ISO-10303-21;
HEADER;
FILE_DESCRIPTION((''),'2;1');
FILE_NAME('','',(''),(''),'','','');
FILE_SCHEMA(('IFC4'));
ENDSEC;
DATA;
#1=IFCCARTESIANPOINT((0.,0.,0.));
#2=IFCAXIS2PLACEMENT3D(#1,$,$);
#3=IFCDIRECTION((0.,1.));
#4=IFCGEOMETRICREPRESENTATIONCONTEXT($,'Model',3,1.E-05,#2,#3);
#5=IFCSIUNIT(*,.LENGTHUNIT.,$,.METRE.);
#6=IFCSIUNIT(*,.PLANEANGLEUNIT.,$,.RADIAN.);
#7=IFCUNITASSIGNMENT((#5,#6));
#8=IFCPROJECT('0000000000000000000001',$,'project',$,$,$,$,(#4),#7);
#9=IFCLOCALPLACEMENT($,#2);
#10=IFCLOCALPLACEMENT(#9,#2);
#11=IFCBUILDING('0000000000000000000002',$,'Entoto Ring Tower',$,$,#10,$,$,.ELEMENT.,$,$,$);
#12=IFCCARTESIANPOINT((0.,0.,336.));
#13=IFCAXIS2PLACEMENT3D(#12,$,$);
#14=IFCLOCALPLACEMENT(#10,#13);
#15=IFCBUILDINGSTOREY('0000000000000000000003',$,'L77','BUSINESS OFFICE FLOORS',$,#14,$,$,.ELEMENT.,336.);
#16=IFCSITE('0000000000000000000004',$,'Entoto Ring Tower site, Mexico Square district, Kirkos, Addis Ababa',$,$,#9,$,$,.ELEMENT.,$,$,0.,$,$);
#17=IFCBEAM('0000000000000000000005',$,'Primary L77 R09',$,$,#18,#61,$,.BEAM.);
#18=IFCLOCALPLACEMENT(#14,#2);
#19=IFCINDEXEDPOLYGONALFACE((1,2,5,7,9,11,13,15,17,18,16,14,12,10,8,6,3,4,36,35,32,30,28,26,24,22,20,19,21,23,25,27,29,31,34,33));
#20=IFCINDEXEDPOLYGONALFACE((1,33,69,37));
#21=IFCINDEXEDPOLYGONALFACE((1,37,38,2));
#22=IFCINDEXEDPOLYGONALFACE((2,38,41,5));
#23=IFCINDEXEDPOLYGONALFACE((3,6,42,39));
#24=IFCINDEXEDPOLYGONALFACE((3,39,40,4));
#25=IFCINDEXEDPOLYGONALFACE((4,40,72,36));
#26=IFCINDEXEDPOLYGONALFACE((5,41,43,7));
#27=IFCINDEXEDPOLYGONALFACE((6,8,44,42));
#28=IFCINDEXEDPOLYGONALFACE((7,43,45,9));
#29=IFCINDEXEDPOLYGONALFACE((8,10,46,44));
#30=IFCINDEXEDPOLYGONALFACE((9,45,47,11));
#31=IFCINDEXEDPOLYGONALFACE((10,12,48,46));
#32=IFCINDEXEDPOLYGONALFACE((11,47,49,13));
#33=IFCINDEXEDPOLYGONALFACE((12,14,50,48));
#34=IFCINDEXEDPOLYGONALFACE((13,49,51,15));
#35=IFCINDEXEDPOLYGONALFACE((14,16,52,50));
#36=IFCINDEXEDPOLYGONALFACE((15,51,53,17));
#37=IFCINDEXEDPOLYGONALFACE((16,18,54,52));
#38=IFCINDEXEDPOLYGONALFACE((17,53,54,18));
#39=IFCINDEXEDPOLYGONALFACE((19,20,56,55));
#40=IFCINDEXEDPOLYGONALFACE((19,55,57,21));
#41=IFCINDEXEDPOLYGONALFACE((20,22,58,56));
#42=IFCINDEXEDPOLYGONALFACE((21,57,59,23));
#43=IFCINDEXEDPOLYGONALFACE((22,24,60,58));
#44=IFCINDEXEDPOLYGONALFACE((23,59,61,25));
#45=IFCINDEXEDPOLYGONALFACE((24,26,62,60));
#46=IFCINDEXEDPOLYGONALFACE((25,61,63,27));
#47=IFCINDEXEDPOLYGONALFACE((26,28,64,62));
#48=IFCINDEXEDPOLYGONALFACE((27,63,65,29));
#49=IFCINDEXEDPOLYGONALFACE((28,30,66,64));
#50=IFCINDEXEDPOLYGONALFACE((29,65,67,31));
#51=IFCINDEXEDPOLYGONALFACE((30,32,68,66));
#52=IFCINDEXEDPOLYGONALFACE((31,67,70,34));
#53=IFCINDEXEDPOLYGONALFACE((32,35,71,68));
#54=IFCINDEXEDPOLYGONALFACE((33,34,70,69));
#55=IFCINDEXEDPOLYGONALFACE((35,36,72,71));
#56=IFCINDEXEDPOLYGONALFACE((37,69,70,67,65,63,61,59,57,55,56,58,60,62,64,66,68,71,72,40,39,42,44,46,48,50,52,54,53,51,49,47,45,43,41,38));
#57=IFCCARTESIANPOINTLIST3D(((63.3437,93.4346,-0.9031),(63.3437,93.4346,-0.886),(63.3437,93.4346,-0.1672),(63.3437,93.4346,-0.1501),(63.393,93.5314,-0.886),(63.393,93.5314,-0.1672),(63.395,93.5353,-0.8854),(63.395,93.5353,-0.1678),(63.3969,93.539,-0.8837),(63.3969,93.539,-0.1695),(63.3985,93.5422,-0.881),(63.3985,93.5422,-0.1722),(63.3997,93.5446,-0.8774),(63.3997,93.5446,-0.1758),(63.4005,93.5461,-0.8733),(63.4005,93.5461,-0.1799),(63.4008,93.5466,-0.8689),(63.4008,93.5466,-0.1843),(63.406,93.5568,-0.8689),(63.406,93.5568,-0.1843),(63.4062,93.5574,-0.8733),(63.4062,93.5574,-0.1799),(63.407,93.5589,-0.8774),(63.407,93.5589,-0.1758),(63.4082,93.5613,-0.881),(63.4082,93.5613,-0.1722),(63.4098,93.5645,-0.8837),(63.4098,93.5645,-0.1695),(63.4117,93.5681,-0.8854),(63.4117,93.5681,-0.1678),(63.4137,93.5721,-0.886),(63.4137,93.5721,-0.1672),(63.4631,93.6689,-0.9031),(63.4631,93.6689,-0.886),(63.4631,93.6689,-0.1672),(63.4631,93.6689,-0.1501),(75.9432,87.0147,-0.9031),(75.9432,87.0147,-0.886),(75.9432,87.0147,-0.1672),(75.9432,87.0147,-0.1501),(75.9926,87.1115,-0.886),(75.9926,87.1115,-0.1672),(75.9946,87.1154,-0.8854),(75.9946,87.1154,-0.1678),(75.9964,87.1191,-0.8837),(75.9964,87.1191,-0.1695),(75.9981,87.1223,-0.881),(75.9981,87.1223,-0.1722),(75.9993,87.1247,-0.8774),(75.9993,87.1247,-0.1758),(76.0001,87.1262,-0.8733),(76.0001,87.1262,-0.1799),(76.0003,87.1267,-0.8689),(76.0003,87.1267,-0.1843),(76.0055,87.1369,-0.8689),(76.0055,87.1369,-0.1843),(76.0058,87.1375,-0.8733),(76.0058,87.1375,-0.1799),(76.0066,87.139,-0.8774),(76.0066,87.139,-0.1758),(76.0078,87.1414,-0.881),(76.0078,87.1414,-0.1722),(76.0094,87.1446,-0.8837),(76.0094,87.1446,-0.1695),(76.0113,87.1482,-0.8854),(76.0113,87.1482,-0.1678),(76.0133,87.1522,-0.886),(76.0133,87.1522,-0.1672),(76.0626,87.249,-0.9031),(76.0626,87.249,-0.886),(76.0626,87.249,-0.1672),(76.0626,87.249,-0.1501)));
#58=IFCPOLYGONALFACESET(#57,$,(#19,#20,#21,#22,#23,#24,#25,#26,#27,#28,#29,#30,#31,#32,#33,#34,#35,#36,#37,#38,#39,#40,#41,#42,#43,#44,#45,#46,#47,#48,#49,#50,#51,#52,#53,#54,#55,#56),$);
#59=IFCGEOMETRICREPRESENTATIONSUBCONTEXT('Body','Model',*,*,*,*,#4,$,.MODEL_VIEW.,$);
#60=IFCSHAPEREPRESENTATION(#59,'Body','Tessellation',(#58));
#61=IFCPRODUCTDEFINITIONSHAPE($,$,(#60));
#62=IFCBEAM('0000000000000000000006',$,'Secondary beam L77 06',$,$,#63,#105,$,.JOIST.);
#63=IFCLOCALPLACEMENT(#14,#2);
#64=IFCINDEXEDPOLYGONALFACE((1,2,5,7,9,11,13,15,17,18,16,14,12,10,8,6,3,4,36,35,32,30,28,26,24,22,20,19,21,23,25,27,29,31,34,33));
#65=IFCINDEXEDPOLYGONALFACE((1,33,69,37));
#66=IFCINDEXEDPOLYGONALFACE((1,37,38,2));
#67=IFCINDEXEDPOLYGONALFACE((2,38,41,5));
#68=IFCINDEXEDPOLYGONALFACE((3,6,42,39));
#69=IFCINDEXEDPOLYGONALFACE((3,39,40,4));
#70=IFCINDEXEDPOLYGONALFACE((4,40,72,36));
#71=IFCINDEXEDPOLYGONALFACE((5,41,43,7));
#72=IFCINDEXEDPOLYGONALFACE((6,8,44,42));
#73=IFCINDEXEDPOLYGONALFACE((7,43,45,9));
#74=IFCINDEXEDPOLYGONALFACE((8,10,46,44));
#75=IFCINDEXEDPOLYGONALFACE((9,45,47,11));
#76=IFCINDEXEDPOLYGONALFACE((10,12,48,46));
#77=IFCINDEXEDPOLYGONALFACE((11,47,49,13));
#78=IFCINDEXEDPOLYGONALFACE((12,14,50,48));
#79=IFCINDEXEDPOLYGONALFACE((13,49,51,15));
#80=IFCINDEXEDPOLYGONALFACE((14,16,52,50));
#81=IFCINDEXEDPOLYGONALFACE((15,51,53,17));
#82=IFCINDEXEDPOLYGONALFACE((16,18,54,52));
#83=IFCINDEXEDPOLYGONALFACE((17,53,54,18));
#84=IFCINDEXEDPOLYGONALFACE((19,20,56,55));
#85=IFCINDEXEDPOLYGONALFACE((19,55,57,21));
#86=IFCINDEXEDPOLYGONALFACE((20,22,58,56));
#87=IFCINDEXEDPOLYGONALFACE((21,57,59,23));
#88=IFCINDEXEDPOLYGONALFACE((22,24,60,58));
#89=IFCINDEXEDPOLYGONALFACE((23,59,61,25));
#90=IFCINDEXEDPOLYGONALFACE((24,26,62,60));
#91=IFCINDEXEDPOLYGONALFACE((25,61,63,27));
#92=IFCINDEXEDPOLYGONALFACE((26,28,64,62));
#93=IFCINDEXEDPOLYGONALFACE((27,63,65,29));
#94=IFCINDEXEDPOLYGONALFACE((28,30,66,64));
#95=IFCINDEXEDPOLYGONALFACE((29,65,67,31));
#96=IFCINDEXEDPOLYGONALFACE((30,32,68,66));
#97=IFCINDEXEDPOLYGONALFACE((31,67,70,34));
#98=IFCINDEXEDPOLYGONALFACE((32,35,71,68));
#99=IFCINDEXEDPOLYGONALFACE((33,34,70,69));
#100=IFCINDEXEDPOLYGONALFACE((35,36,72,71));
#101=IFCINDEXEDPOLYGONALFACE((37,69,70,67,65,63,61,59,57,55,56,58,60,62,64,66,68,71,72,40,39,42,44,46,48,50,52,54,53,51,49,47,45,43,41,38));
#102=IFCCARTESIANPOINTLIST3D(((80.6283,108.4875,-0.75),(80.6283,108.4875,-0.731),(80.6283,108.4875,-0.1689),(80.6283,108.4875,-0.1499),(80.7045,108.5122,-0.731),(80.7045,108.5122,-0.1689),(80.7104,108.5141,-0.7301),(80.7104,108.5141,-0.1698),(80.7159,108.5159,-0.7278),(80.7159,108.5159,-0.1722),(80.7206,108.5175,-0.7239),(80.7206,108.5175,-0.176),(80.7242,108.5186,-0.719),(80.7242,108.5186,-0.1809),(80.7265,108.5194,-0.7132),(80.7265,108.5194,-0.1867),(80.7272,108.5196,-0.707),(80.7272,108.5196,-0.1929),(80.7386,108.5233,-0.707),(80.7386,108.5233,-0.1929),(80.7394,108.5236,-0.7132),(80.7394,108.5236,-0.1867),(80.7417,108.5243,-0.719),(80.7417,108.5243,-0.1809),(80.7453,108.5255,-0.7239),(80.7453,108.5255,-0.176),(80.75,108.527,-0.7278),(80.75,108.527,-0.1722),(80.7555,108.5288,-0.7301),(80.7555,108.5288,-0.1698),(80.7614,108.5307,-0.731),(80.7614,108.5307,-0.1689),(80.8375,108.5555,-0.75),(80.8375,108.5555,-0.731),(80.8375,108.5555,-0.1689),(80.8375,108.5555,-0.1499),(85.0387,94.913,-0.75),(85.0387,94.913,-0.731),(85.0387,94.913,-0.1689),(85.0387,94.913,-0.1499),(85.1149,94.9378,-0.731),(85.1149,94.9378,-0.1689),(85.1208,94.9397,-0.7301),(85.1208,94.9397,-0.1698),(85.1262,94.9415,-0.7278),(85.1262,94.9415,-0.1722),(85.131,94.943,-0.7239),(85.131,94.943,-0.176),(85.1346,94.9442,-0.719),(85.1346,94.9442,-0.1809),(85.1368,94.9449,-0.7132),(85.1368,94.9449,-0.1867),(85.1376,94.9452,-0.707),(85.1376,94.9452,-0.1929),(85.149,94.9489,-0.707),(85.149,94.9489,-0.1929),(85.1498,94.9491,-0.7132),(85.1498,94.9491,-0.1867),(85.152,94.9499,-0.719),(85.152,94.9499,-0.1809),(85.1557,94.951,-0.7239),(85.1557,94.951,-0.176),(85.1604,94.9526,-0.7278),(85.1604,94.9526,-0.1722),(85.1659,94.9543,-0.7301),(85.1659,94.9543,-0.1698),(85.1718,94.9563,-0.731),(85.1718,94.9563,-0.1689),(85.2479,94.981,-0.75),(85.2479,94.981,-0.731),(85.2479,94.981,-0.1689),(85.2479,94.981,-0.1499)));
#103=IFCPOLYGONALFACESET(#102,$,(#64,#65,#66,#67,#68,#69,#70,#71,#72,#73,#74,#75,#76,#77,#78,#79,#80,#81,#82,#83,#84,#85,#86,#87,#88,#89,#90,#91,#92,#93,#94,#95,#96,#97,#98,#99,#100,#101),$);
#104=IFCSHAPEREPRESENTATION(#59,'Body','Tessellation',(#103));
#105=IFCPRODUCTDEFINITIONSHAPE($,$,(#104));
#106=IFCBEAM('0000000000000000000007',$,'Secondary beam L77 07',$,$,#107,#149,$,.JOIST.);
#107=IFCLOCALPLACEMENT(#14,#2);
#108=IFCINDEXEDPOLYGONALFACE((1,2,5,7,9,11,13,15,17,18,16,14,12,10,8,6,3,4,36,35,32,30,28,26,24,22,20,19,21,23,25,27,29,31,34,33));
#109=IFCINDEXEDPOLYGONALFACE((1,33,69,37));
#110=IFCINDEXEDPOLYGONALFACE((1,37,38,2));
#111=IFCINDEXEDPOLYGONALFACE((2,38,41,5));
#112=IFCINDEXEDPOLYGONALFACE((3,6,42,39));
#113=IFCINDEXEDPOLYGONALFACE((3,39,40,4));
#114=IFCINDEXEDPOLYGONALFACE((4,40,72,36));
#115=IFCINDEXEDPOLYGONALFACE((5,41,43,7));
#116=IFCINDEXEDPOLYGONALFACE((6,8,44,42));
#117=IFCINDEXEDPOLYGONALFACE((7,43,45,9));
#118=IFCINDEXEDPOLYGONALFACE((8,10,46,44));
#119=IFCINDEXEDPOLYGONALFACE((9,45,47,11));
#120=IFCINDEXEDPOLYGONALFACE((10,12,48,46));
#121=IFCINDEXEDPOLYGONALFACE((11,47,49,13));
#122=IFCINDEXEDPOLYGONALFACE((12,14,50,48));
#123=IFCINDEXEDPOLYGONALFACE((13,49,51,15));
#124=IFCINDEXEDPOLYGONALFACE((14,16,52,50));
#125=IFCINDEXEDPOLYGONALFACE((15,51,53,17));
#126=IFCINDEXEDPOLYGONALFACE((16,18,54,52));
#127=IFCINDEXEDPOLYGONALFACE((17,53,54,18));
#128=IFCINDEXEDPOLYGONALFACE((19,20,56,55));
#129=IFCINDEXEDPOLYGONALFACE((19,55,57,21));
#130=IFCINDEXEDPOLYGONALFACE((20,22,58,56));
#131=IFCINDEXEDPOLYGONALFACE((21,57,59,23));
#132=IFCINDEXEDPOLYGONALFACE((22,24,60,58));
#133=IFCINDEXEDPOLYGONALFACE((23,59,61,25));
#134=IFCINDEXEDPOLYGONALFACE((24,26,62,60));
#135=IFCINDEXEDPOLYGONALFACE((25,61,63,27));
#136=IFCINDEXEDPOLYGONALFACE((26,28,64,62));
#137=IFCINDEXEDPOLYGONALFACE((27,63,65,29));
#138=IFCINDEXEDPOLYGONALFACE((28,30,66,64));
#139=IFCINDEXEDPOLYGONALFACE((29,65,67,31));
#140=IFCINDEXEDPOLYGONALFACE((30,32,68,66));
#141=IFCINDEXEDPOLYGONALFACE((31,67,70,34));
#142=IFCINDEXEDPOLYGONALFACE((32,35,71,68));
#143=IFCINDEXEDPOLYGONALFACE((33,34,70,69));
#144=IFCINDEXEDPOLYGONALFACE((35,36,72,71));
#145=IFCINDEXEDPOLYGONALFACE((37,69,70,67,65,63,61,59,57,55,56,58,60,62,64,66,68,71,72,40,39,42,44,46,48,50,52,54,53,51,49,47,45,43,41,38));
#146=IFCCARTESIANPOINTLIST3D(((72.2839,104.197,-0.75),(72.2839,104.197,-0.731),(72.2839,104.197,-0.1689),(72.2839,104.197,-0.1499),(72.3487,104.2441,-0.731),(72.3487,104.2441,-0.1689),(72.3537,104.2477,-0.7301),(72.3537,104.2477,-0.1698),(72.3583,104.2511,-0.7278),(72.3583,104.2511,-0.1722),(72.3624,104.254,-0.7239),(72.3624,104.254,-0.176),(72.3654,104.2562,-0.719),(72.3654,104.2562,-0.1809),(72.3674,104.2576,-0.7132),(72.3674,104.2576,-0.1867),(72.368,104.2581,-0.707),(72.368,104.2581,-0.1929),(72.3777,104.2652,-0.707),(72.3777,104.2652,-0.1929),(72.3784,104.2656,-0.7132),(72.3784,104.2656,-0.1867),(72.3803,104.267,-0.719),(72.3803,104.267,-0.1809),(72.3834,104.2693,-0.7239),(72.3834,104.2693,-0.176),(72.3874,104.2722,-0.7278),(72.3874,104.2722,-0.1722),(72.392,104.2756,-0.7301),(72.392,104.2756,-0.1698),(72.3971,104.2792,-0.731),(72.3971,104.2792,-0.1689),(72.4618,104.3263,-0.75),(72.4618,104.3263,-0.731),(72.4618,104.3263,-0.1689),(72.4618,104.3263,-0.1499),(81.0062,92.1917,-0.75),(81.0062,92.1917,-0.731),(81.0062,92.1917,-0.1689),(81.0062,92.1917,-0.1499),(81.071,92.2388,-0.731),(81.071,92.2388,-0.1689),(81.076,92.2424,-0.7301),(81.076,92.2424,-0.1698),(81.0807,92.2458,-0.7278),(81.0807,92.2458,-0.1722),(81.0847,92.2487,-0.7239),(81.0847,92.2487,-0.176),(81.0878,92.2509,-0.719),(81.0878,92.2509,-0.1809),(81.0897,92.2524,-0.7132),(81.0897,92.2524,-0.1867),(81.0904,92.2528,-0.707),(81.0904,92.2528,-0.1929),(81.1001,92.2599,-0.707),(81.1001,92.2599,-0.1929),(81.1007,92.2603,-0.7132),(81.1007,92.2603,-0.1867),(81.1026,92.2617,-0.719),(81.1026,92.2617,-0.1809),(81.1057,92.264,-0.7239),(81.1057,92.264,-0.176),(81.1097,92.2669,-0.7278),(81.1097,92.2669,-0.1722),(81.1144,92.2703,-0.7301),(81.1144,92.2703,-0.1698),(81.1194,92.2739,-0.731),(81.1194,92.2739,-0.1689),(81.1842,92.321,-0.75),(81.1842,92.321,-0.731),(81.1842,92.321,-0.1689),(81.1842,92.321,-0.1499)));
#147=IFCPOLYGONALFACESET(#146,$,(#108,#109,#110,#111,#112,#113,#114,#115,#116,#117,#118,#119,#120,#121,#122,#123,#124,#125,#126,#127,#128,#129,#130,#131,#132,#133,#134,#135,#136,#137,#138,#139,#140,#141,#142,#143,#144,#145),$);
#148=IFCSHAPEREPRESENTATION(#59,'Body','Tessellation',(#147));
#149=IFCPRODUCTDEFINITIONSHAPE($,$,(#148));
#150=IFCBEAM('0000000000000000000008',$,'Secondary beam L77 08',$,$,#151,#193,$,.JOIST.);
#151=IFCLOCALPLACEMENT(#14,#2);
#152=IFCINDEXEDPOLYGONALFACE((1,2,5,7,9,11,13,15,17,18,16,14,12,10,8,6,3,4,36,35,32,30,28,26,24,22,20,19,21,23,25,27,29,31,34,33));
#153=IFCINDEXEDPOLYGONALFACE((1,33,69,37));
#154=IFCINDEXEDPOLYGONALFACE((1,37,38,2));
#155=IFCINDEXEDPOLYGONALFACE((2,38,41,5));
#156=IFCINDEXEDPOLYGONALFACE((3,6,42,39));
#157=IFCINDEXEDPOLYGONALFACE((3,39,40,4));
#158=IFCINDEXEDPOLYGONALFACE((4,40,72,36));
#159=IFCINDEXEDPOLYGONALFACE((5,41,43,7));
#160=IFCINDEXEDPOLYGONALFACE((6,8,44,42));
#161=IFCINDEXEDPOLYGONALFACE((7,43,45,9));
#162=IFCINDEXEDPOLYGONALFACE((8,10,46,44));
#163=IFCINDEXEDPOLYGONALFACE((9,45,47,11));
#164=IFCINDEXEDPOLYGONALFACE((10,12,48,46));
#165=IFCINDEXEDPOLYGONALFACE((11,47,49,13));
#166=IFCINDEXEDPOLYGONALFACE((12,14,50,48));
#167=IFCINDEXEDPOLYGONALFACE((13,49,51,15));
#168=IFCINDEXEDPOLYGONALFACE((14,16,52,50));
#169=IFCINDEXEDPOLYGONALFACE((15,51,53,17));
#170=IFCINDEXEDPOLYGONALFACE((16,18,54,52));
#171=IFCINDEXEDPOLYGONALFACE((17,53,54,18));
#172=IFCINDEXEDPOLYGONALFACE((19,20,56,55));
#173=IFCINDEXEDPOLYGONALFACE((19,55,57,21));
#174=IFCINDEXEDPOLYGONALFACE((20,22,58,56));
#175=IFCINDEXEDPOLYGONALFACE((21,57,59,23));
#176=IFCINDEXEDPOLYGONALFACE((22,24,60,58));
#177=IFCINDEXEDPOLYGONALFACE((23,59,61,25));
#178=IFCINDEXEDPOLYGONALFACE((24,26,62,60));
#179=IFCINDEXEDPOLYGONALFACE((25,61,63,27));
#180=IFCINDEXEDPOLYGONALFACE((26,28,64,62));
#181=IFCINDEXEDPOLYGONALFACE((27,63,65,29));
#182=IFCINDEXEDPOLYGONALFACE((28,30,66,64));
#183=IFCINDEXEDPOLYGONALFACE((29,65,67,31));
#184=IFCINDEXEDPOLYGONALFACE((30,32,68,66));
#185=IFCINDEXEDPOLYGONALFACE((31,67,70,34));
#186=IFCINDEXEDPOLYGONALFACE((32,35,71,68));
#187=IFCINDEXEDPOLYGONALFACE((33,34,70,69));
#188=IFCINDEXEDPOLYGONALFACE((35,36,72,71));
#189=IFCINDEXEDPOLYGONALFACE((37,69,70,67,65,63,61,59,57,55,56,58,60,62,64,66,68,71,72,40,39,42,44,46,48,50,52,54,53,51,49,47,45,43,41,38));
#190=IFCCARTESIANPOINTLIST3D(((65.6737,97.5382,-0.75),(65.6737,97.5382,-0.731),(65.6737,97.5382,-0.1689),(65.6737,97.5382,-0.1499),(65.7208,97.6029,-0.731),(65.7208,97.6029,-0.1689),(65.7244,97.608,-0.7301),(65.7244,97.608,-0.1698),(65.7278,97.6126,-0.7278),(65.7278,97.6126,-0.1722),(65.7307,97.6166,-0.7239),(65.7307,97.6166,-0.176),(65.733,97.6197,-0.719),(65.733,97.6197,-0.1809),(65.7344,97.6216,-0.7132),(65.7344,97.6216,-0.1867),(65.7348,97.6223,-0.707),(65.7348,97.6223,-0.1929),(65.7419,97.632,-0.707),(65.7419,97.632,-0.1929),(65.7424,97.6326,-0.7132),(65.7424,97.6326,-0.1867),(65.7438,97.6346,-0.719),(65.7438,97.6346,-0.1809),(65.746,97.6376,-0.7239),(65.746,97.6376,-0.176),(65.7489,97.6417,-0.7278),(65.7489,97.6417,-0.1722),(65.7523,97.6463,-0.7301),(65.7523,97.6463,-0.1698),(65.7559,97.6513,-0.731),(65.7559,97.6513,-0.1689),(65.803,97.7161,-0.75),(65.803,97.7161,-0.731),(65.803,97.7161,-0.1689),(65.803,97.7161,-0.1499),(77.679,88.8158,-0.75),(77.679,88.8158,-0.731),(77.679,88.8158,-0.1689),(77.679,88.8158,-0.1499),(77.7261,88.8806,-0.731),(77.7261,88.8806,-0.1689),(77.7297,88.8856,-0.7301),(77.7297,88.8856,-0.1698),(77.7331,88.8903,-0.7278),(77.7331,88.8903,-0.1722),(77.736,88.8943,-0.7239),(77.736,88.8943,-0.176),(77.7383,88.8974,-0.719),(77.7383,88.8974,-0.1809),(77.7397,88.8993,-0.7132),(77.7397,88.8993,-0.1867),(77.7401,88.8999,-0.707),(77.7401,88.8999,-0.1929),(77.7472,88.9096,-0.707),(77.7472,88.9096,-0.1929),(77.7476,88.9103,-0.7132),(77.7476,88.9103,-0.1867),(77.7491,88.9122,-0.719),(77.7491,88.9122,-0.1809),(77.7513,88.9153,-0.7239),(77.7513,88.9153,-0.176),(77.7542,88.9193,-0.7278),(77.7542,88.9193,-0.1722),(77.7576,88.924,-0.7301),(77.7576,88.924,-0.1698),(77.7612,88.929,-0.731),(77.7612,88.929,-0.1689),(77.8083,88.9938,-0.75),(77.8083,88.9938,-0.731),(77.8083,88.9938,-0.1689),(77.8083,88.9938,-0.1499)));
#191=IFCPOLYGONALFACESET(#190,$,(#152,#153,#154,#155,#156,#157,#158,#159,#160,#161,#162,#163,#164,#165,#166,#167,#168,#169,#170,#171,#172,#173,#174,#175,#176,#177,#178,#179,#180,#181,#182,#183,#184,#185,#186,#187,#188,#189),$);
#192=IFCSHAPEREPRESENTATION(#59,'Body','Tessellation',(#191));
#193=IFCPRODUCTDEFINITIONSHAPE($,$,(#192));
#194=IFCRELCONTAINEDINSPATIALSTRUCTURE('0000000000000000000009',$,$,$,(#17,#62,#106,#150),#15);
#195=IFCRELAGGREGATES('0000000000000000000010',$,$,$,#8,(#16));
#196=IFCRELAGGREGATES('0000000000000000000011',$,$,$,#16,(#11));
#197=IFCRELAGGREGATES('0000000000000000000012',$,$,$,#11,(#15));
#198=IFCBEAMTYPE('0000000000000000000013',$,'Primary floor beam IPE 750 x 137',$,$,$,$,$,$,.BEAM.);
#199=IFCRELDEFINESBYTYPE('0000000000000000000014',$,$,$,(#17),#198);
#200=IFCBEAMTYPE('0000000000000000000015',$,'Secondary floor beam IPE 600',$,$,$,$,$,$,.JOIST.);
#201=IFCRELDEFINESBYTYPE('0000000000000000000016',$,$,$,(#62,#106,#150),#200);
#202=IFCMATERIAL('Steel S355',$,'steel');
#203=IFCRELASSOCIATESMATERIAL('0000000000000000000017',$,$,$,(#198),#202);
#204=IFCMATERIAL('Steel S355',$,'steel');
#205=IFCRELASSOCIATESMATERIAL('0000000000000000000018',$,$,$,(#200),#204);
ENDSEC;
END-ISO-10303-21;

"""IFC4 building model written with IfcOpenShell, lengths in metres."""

from ifc_helpers import new_model, si_unit, direction, frame, origin, origin_2d, place, context, subcontext, project, spatial, i_section, extrude, material, material_profile, profile_set, type_object, element, save


model = new_model("IFC4")

# Units and contexts
model_context = context("Model", 3, precision=1e-05, world=origin(), true_north=direction((0.0, 1.0)))
body_context = subcontext(model_context, "Body", "Model", "MODEL_VIEW")
ifc_project = project(units=[si_unit("LENGTHUNIT", "METRE"), si_unit("PLANEANGLEUNIT", "RADIAN")], contexts=[model_context])

# Site, building, storey
site_placement = place(None, origin())
site = spatial("IfcSite", under=ifc_project, at=site_placement, Name="Entoto Ring Tower site, Mexico Square district, Kirkos, Addis Ababa", CompositionType="ELEMENT", RefElevation=0.0)
building_placement = place(site_placement, origin())
building = spatial("IfcBuilding", under=site, at=building_placement, Name="Entoto Ring Tower", CompositionType="ELEMENT")
storey_placement = place(building_placement, frame((0.0, 0.0, 336.0)))
storey = spatial("IfcBuildingStorey", under=building, at=storey_placement, Name="L77", Description="BUSINESS OFFICE FLOORS", CompositionType="ELEMENT", Elevation=336.0)

# Beams
ifc_material_1 = material(Name="Steel S355", Category="steel")
ifc_material_profile_1 = material_profile(ifc_material_1, i_section(OverallWidth=0.2629, OverallDepth=0.7529, WebThickness=0.0115, FlangeThickness=0.0171, FilletRadius=0.0171, at=origin_2d()), Name="IPE 750 x 137")
ifc_profile_set_1 = profile_set([ifc_material_profile_1], Name="Steel S355")
beam_type_1 = type_object("IfcBeamType", Name="Primary floor beam IPE 750 x 137", PredefinedType="BEAM", material=ifc_profile_set_1)
beam_1_placement = place(storey_placement, frame((76.0029, 87.1318, -0.5266), z_axis=(-0.891004, 0.453996, 0.0), x_axis=(-0.453996, -0.891004, 0.0)))
element("IfcBeam", 1, at=beam_1_placement, inside=storey, type_object=beam_type_1, Name="Primary L77 R09", PredefinedType="BEAM", context=body_context, shape_type="SweptSolid", body=[
    extrude(i_section(OverallWidth=0.2629, OverallDepth=0.7529, WebThickness=0.0115, FlangeThickness=0.0171, FilletRadius=0.0171, at=origin_2d()), origin(), (0.0, 0.0, 1.0), 14.1409),
])
ifc_material_2 = material(Name="Steel S355", Category="steel")
ifc_material_profile_2 = material_profile(ifc_material_2, i_section(OverallWidth=0.22, OverallDepth=0.6001, WebThickness=0.012, FlangeThickness=0.019, FilletRadius=0.0239, at=origin_2d()), Name="IPE 600")
ifc_profile_set_2 = profile_set([ifc_material_profile_2], Name="Steel S355")
beam_type_2 = type_object("IfcBeamType", Name="Secondary floor beam IPE 600", PredefinedType="JOIST", material=ifc_profile_set_2)
beam_2_placement = place(storey_placement, frame((85.1433, 94.947, -0.45), z_axis=(-0.309004, 0.951061, 0.0), x_axis=(-0.951061, -0.309004, 0.0)))
element("IfcBeam", 2, at=beam_2_placement, inside=storey, type_object=beam_type_2, Name="Secondary beam L77 06", PredefinedType="JOIST", context=body_context, shape_type="SweptSolid", body=[
    extrude(i_section(OverallWidth=0.22, OverallDepth=0.6001, WebThickness=0.012, FlangeThickness=0.019, FilletRadius=0.0239, at=origin_2d()), origin(), (0.0, 0.0, 1.0), 14.2729),
])
for number, where, z_axis, x_axis, name in (
    (3, (81.0952, 92.2563, -0.45), (-0.587785, 0.809017, 0.0), (-0.809017, -0.587785, 0.0), "Secondary beam L77 07"),
    (4, (77.7437, 88.9048, -0.45), (-0.809017, 0.587785, 0.0), (-0.587785, -0.809017, 0.0), "Secondary beam L77 08"),
):
    element("IfcBeam", number, at=place(storey_placement, frame(where, z_axis=z_axis, x_axis=x_axis)), inside=storey, type_object=beam_type_2, Name=name, PredefinedType="JOIST", context=body_context, shape_type="SweptSolid", body=[
        extrude(i_section(OverallWidth=0.22, OverallDepth=0.6001, WebThickness=0.012, FlangeThickness=0.019, FilletRadius=0.0239, at=origin_2d()), origin(), (0.0, 0.0, 1.0), 14.8394),
    ])

save(model, "model.ifc")
